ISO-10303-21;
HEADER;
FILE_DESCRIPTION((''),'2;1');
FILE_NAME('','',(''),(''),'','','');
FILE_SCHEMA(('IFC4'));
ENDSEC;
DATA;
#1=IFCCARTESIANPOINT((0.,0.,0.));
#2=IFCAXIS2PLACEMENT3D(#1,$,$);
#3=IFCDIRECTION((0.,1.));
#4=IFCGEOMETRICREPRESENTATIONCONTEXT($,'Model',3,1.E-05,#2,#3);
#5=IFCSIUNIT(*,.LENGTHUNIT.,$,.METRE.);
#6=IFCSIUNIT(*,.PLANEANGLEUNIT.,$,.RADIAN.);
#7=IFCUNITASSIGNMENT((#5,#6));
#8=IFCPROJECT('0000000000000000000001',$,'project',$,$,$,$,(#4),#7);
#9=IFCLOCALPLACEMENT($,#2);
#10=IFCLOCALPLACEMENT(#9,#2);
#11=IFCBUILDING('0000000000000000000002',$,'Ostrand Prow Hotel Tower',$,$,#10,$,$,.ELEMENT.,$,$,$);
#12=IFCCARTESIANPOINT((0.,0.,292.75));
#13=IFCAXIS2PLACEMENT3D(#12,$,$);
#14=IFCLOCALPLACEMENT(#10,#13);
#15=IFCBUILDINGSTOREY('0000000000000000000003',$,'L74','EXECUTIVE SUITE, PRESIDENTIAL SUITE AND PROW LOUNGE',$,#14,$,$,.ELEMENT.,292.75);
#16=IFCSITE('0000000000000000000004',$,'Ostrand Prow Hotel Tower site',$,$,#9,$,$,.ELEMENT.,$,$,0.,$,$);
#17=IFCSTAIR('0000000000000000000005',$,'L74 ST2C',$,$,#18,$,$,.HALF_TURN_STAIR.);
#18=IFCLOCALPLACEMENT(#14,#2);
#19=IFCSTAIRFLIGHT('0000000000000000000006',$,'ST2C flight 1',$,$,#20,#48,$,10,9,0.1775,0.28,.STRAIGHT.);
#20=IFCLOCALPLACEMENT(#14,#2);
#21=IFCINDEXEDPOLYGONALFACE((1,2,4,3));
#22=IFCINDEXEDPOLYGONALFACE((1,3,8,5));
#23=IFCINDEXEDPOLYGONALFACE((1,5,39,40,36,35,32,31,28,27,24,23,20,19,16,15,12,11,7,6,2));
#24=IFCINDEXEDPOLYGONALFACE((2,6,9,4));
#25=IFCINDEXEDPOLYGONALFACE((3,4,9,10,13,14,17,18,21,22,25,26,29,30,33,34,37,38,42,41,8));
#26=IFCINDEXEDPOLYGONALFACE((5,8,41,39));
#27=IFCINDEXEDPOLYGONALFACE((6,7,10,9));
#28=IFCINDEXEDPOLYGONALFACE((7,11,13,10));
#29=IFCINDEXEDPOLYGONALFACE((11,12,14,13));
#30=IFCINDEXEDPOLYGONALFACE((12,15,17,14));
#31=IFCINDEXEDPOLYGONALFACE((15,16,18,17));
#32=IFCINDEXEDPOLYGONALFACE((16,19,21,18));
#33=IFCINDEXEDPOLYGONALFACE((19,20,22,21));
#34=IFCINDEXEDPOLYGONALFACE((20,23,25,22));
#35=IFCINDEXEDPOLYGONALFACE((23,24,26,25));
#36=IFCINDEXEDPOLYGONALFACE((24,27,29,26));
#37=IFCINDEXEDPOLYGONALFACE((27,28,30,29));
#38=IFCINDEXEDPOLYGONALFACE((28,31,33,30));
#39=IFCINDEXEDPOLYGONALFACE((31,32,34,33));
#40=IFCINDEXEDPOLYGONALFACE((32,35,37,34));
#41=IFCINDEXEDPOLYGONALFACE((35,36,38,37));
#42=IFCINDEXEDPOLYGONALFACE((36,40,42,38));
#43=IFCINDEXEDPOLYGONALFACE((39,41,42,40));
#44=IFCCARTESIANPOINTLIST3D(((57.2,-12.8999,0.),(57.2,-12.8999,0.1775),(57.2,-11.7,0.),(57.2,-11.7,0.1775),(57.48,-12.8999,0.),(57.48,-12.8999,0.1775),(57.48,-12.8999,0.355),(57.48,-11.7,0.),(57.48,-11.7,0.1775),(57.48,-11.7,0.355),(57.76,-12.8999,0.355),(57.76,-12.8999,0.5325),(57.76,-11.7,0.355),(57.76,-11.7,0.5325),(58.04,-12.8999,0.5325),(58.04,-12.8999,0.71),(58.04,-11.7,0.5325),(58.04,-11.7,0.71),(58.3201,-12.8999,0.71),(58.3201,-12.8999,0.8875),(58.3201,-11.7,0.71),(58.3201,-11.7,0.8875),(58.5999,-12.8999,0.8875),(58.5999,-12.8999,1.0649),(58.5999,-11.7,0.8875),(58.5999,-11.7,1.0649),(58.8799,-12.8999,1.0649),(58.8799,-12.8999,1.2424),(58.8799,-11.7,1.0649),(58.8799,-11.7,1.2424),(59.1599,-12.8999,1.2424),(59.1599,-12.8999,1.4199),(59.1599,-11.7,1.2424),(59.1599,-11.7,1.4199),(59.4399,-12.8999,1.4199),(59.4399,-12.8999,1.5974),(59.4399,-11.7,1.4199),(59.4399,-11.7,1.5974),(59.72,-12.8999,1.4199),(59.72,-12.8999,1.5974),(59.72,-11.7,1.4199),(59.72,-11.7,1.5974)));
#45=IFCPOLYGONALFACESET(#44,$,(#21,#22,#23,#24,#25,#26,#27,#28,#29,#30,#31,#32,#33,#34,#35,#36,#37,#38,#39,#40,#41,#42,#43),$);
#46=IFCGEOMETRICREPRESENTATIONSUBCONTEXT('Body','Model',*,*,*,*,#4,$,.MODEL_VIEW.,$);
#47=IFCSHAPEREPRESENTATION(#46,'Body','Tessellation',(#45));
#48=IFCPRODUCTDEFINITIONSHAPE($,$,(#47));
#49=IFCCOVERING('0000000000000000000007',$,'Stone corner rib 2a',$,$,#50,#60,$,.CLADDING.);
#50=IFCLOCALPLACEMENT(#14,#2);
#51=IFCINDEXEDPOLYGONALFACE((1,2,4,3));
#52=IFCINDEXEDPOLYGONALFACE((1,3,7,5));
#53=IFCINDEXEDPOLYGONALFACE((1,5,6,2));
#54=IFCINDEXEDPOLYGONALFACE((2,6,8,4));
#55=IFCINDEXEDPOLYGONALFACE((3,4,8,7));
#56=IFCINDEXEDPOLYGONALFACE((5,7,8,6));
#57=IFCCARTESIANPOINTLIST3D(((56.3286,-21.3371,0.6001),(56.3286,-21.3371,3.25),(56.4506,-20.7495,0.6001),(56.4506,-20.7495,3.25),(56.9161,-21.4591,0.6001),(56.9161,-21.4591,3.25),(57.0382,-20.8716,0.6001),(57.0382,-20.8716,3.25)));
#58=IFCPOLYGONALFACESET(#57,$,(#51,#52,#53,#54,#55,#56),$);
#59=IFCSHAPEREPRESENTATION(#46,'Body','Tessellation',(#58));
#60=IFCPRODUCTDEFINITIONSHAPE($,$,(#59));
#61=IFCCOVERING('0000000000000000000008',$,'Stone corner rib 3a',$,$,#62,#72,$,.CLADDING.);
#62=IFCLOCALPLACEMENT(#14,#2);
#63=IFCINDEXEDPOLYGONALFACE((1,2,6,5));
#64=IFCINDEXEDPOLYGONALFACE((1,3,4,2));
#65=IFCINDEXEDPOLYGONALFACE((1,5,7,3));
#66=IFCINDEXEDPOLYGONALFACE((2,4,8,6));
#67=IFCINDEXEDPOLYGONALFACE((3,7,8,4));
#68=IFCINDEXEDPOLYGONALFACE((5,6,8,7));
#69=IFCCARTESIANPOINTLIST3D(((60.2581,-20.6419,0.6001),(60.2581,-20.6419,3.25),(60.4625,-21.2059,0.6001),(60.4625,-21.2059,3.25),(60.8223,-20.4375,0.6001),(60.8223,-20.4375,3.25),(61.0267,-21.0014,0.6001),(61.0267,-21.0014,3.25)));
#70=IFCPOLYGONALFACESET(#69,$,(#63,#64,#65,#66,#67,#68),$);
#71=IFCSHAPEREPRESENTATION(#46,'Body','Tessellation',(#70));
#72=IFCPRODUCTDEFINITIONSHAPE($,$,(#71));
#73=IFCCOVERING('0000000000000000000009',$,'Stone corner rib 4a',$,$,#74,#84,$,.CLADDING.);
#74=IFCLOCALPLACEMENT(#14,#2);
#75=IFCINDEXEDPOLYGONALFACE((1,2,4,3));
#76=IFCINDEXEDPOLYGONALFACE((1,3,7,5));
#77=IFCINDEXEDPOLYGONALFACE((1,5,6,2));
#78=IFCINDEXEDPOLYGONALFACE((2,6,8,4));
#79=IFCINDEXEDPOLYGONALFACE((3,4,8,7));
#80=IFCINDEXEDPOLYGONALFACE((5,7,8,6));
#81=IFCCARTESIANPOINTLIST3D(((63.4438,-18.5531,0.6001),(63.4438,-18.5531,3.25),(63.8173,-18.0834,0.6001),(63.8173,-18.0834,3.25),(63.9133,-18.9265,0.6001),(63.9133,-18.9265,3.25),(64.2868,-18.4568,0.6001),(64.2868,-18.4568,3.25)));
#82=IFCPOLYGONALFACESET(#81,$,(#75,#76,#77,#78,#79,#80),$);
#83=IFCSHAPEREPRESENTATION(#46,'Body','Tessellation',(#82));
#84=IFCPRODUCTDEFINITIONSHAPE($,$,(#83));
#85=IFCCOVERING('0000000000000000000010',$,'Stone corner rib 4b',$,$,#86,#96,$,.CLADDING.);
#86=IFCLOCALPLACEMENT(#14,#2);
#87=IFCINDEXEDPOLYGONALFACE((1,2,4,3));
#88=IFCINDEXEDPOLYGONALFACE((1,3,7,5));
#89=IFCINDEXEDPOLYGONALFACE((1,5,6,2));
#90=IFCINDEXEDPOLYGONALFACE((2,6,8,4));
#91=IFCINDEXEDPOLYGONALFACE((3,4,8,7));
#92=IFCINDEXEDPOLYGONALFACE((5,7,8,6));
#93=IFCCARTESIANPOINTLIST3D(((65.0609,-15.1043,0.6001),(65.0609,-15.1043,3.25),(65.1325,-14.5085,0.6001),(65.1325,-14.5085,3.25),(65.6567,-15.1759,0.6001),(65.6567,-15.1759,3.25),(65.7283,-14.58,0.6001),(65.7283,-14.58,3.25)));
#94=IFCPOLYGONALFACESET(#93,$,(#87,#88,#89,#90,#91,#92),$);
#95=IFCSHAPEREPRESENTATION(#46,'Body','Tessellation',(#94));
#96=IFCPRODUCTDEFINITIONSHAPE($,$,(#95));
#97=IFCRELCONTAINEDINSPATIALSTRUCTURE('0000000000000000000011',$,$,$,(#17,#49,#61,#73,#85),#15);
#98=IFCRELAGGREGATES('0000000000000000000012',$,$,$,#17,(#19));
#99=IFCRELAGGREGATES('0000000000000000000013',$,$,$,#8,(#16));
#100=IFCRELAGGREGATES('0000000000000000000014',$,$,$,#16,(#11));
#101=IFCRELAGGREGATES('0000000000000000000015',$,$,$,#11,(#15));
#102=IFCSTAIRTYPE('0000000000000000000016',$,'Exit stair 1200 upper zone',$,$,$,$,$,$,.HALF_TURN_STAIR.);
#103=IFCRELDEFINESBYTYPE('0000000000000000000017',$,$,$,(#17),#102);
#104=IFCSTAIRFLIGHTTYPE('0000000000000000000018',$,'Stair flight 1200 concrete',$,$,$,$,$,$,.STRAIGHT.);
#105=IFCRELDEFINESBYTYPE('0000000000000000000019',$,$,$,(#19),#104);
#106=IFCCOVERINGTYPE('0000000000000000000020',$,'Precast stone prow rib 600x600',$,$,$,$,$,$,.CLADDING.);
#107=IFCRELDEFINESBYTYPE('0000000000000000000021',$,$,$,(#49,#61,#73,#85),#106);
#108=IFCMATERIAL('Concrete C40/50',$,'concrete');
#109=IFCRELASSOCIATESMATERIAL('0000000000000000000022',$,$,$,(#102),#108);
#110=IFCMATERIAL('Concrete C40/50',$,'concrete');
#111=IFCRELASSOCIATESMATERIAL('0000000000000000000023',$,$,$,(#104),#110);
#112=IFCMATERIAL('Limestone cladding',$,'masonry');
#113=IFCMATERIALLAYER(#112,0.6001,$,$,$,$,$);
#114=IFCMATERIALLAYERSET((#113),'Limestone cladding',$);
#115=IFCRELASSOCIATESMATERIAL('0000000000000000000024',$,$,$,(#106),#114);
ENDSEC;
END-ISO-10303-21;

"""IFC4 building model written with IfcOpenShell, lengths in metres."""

from ifc_helpers import new_model, si_unit, direction, frame, frame_2d, origin, place, context, subcontext, project, spatial, polyline, rectangle, outline, extrude, material, layer, layer_set, type_object, element, aggregate, save


model = new_model("IFC4")

# Units and contexts
model_context = context("Model", 3, precision=1e-05, world=origin(), true_north=direction((0.0, 1.0)))
body_context = subcontext(model_context, "Body", "Model", "MODEL_VIEW")
ifc_project = project(units=[si_unit("LENGTHUNIT", "METRE"), si_unit("PLANEANGLEUNIT", "RADIAN")], contexts=[model_context])

# Site, building, storey
site_placement = place(None, origin())
site = spatial("IfcSite", under=ifc_project, at=site_placement, Name="Ostrand Prow Hotel Tower site", CompositionType="ELEMENT", RefElevation=0.0)
building_placement = place(site_placement, origin())
building = spatial("IfcBuilding", under=site, at=building_placement, Name="Ostrand Prow Hotel Tower", CompositionType="ELEMENT")
storey_placement = place(building_placement, frame((0.0, 0.0, 292.75)))
storey = spatial("IfcBuildingStorey", under=building, at=storey_placement, Name="L74", Description="EXECUTIVE SUITE, PRESIDENTIAL SUITE AND PROW LOUNGE", CompositionType="ELEMENT", Elevation=292.75)

# Stair, stair flight
ifc_material_1 = material(Name="Concrete C40/50", Category="concrete")
stair_type = type_object("IfcStairType", Name="Exit stair 1200 upper zone", PredefinedType="HALF_TURN_STAIR", material=ifc_material_1)
stair_placement = place(storey_placement, origin())
stair = element("IfcStair", 1, at=stair_placement, inside=storey, type_object=stair_type, Name="L74 ST2C", PredefinedType="HALF_TURN_STAIR")
ifc_material_2 = material(Name="Concrete C40/50", Category="concrete")
stair_flight_type = type_object("IfcStairFlightType", Name="Stair flight 1200 concrete", PredefinedType="STRAIGHT", material=ifc_material_2)
stair_flight_placement = place(storey_placement, frame((57.2, -12.3, 0.0), z_axis=(0.0, 0.0, 1.0), x_axis=(1.0, 0.0, 0.0)))
stair_flight = element("IfcStairFlight", 2, at=stair_flight_placement, type_object=stair_flight_type, Name="ST2C flight 1", NumberOfRisers=10, NumberOfTreads=9, PredefinedType="STRAIGHT", RiserHeight=0.1775, TreadLength=0.28, context=body_context, shape_type="SweptSolid", body=[
    extrude(outline(polyline([(0.0, 0.0), (0.0, 0.1775), (0.28, 0.1775), (0.28, 0.355), (0.5601, 0.355), (0.5601, 0.5325), (0.8401, 0.5325), (0.8401, 0.71), (1.1201, 0.71), (1.1201, 0.8875), (1.3999, 0.8875), (1.3999, 1.0649), (1.6799, 1.0649), (1.6799, 1.2424), (1.96, 1.2424), (1.96, 1.4199), (2.24, 1.4199), (2.24, 1.5974), (2.52, 1.5974), (2.52, 1.7749), (2.52, 1.4199), (0.28, 0.0), (0.0, 0.0)])), frame((0.0, 0.6001, 0.0), z_axis=(0.0, -1.0, 0.0), x_axis=(1.0, 0.0, 0.0)), (0.0, 0.0, 1.0), 1.2),
])
aggregate(stair, [stair_flight])

# Coverings
ifc_material_3 = material(Name="Limestone cladding", Category="masonry")
ifc_layer_1 = layer(ifc_material_3, 0.6001)
ifc_layer_set_1 = layer_set([ifc_layer_1], Name="Limestone cladding")
covering_type = type_object("IfcCoveringType", Name="Precast stone prow rib 600x600", PredefinedType="CLADDING", material=ifc_layer_set_1)
covering_1_placement = place(storey_placement, frame((56.7444, -20.8105, 0.6001), z_axis=(0.0, 0.0, 1.0), x_axis=(-0.203386, -0.979099, 0.0)))
element("IfcCovering", 3, at=covering_1_placement, inside=storey, type_object=covering_type, Name="Stone corner rib 2a", PredefinedType="CLADDING", context=body_context, shape_type="SweptSolid", body=[
    extrude(rectangle(XDim=0.6001, YDim=0.6001, at=frame_2d((0.3, 0.0))), origin(), (0.0, 0.0, 1.0), 2.6499),
])
for number, where, z_axis, x_axis, name in (
    (4, (60.5403, -20.5398, 0.6001), (0.0, 0.0, 1.0), (0.340664, -0.940185, 0.0), "Stone corner rib 3a"),
    (5, (63.6306, -18.3184, 0.6001), (0.0, 0.0, 1.0), (0.782732, -0.622359, 0.0), "Stone corner rib 4a"),
):
    element("IfcCovering", number, at=place(storey_placement, frame(where, z_axis=z_axis, x_axis=x_axis)), inside=storey, type_object=covering_type, Name=name, PredefinedType="CLADDING", context=body_context, shape_type="SweptSolid", body=[
        extrude(rectangle(XDim=0.5999, YDim=0.6001, at=frame_2d((0.2998, 0.0))), origin(), (0.0, 0.0, 1.0), 2.6499),
    ])
covering_2_placement = place(storey_placement, frame((65.0967, -14.8064, 0.6001), z_axis=(0.0, 0.0, 1.0), x_axis=(0.992867, -0.119225, 0.0)))
element("IfcCovering", 6, at=covering_2_placement, inside=storey, type_object=covering_type, Name="Stone corner rib 4b", PredefinedType="CLADDING", context=body_context, shape_type="SweptSolid", body=[
    extrude(rectangle(XDim=0.6001, YDim=0.6001, at=frame_2d((0.3, 0.0))), origin(), (0.0, 0.0, 1.0), 2.6499),
])

save(model, "model.ifc")
